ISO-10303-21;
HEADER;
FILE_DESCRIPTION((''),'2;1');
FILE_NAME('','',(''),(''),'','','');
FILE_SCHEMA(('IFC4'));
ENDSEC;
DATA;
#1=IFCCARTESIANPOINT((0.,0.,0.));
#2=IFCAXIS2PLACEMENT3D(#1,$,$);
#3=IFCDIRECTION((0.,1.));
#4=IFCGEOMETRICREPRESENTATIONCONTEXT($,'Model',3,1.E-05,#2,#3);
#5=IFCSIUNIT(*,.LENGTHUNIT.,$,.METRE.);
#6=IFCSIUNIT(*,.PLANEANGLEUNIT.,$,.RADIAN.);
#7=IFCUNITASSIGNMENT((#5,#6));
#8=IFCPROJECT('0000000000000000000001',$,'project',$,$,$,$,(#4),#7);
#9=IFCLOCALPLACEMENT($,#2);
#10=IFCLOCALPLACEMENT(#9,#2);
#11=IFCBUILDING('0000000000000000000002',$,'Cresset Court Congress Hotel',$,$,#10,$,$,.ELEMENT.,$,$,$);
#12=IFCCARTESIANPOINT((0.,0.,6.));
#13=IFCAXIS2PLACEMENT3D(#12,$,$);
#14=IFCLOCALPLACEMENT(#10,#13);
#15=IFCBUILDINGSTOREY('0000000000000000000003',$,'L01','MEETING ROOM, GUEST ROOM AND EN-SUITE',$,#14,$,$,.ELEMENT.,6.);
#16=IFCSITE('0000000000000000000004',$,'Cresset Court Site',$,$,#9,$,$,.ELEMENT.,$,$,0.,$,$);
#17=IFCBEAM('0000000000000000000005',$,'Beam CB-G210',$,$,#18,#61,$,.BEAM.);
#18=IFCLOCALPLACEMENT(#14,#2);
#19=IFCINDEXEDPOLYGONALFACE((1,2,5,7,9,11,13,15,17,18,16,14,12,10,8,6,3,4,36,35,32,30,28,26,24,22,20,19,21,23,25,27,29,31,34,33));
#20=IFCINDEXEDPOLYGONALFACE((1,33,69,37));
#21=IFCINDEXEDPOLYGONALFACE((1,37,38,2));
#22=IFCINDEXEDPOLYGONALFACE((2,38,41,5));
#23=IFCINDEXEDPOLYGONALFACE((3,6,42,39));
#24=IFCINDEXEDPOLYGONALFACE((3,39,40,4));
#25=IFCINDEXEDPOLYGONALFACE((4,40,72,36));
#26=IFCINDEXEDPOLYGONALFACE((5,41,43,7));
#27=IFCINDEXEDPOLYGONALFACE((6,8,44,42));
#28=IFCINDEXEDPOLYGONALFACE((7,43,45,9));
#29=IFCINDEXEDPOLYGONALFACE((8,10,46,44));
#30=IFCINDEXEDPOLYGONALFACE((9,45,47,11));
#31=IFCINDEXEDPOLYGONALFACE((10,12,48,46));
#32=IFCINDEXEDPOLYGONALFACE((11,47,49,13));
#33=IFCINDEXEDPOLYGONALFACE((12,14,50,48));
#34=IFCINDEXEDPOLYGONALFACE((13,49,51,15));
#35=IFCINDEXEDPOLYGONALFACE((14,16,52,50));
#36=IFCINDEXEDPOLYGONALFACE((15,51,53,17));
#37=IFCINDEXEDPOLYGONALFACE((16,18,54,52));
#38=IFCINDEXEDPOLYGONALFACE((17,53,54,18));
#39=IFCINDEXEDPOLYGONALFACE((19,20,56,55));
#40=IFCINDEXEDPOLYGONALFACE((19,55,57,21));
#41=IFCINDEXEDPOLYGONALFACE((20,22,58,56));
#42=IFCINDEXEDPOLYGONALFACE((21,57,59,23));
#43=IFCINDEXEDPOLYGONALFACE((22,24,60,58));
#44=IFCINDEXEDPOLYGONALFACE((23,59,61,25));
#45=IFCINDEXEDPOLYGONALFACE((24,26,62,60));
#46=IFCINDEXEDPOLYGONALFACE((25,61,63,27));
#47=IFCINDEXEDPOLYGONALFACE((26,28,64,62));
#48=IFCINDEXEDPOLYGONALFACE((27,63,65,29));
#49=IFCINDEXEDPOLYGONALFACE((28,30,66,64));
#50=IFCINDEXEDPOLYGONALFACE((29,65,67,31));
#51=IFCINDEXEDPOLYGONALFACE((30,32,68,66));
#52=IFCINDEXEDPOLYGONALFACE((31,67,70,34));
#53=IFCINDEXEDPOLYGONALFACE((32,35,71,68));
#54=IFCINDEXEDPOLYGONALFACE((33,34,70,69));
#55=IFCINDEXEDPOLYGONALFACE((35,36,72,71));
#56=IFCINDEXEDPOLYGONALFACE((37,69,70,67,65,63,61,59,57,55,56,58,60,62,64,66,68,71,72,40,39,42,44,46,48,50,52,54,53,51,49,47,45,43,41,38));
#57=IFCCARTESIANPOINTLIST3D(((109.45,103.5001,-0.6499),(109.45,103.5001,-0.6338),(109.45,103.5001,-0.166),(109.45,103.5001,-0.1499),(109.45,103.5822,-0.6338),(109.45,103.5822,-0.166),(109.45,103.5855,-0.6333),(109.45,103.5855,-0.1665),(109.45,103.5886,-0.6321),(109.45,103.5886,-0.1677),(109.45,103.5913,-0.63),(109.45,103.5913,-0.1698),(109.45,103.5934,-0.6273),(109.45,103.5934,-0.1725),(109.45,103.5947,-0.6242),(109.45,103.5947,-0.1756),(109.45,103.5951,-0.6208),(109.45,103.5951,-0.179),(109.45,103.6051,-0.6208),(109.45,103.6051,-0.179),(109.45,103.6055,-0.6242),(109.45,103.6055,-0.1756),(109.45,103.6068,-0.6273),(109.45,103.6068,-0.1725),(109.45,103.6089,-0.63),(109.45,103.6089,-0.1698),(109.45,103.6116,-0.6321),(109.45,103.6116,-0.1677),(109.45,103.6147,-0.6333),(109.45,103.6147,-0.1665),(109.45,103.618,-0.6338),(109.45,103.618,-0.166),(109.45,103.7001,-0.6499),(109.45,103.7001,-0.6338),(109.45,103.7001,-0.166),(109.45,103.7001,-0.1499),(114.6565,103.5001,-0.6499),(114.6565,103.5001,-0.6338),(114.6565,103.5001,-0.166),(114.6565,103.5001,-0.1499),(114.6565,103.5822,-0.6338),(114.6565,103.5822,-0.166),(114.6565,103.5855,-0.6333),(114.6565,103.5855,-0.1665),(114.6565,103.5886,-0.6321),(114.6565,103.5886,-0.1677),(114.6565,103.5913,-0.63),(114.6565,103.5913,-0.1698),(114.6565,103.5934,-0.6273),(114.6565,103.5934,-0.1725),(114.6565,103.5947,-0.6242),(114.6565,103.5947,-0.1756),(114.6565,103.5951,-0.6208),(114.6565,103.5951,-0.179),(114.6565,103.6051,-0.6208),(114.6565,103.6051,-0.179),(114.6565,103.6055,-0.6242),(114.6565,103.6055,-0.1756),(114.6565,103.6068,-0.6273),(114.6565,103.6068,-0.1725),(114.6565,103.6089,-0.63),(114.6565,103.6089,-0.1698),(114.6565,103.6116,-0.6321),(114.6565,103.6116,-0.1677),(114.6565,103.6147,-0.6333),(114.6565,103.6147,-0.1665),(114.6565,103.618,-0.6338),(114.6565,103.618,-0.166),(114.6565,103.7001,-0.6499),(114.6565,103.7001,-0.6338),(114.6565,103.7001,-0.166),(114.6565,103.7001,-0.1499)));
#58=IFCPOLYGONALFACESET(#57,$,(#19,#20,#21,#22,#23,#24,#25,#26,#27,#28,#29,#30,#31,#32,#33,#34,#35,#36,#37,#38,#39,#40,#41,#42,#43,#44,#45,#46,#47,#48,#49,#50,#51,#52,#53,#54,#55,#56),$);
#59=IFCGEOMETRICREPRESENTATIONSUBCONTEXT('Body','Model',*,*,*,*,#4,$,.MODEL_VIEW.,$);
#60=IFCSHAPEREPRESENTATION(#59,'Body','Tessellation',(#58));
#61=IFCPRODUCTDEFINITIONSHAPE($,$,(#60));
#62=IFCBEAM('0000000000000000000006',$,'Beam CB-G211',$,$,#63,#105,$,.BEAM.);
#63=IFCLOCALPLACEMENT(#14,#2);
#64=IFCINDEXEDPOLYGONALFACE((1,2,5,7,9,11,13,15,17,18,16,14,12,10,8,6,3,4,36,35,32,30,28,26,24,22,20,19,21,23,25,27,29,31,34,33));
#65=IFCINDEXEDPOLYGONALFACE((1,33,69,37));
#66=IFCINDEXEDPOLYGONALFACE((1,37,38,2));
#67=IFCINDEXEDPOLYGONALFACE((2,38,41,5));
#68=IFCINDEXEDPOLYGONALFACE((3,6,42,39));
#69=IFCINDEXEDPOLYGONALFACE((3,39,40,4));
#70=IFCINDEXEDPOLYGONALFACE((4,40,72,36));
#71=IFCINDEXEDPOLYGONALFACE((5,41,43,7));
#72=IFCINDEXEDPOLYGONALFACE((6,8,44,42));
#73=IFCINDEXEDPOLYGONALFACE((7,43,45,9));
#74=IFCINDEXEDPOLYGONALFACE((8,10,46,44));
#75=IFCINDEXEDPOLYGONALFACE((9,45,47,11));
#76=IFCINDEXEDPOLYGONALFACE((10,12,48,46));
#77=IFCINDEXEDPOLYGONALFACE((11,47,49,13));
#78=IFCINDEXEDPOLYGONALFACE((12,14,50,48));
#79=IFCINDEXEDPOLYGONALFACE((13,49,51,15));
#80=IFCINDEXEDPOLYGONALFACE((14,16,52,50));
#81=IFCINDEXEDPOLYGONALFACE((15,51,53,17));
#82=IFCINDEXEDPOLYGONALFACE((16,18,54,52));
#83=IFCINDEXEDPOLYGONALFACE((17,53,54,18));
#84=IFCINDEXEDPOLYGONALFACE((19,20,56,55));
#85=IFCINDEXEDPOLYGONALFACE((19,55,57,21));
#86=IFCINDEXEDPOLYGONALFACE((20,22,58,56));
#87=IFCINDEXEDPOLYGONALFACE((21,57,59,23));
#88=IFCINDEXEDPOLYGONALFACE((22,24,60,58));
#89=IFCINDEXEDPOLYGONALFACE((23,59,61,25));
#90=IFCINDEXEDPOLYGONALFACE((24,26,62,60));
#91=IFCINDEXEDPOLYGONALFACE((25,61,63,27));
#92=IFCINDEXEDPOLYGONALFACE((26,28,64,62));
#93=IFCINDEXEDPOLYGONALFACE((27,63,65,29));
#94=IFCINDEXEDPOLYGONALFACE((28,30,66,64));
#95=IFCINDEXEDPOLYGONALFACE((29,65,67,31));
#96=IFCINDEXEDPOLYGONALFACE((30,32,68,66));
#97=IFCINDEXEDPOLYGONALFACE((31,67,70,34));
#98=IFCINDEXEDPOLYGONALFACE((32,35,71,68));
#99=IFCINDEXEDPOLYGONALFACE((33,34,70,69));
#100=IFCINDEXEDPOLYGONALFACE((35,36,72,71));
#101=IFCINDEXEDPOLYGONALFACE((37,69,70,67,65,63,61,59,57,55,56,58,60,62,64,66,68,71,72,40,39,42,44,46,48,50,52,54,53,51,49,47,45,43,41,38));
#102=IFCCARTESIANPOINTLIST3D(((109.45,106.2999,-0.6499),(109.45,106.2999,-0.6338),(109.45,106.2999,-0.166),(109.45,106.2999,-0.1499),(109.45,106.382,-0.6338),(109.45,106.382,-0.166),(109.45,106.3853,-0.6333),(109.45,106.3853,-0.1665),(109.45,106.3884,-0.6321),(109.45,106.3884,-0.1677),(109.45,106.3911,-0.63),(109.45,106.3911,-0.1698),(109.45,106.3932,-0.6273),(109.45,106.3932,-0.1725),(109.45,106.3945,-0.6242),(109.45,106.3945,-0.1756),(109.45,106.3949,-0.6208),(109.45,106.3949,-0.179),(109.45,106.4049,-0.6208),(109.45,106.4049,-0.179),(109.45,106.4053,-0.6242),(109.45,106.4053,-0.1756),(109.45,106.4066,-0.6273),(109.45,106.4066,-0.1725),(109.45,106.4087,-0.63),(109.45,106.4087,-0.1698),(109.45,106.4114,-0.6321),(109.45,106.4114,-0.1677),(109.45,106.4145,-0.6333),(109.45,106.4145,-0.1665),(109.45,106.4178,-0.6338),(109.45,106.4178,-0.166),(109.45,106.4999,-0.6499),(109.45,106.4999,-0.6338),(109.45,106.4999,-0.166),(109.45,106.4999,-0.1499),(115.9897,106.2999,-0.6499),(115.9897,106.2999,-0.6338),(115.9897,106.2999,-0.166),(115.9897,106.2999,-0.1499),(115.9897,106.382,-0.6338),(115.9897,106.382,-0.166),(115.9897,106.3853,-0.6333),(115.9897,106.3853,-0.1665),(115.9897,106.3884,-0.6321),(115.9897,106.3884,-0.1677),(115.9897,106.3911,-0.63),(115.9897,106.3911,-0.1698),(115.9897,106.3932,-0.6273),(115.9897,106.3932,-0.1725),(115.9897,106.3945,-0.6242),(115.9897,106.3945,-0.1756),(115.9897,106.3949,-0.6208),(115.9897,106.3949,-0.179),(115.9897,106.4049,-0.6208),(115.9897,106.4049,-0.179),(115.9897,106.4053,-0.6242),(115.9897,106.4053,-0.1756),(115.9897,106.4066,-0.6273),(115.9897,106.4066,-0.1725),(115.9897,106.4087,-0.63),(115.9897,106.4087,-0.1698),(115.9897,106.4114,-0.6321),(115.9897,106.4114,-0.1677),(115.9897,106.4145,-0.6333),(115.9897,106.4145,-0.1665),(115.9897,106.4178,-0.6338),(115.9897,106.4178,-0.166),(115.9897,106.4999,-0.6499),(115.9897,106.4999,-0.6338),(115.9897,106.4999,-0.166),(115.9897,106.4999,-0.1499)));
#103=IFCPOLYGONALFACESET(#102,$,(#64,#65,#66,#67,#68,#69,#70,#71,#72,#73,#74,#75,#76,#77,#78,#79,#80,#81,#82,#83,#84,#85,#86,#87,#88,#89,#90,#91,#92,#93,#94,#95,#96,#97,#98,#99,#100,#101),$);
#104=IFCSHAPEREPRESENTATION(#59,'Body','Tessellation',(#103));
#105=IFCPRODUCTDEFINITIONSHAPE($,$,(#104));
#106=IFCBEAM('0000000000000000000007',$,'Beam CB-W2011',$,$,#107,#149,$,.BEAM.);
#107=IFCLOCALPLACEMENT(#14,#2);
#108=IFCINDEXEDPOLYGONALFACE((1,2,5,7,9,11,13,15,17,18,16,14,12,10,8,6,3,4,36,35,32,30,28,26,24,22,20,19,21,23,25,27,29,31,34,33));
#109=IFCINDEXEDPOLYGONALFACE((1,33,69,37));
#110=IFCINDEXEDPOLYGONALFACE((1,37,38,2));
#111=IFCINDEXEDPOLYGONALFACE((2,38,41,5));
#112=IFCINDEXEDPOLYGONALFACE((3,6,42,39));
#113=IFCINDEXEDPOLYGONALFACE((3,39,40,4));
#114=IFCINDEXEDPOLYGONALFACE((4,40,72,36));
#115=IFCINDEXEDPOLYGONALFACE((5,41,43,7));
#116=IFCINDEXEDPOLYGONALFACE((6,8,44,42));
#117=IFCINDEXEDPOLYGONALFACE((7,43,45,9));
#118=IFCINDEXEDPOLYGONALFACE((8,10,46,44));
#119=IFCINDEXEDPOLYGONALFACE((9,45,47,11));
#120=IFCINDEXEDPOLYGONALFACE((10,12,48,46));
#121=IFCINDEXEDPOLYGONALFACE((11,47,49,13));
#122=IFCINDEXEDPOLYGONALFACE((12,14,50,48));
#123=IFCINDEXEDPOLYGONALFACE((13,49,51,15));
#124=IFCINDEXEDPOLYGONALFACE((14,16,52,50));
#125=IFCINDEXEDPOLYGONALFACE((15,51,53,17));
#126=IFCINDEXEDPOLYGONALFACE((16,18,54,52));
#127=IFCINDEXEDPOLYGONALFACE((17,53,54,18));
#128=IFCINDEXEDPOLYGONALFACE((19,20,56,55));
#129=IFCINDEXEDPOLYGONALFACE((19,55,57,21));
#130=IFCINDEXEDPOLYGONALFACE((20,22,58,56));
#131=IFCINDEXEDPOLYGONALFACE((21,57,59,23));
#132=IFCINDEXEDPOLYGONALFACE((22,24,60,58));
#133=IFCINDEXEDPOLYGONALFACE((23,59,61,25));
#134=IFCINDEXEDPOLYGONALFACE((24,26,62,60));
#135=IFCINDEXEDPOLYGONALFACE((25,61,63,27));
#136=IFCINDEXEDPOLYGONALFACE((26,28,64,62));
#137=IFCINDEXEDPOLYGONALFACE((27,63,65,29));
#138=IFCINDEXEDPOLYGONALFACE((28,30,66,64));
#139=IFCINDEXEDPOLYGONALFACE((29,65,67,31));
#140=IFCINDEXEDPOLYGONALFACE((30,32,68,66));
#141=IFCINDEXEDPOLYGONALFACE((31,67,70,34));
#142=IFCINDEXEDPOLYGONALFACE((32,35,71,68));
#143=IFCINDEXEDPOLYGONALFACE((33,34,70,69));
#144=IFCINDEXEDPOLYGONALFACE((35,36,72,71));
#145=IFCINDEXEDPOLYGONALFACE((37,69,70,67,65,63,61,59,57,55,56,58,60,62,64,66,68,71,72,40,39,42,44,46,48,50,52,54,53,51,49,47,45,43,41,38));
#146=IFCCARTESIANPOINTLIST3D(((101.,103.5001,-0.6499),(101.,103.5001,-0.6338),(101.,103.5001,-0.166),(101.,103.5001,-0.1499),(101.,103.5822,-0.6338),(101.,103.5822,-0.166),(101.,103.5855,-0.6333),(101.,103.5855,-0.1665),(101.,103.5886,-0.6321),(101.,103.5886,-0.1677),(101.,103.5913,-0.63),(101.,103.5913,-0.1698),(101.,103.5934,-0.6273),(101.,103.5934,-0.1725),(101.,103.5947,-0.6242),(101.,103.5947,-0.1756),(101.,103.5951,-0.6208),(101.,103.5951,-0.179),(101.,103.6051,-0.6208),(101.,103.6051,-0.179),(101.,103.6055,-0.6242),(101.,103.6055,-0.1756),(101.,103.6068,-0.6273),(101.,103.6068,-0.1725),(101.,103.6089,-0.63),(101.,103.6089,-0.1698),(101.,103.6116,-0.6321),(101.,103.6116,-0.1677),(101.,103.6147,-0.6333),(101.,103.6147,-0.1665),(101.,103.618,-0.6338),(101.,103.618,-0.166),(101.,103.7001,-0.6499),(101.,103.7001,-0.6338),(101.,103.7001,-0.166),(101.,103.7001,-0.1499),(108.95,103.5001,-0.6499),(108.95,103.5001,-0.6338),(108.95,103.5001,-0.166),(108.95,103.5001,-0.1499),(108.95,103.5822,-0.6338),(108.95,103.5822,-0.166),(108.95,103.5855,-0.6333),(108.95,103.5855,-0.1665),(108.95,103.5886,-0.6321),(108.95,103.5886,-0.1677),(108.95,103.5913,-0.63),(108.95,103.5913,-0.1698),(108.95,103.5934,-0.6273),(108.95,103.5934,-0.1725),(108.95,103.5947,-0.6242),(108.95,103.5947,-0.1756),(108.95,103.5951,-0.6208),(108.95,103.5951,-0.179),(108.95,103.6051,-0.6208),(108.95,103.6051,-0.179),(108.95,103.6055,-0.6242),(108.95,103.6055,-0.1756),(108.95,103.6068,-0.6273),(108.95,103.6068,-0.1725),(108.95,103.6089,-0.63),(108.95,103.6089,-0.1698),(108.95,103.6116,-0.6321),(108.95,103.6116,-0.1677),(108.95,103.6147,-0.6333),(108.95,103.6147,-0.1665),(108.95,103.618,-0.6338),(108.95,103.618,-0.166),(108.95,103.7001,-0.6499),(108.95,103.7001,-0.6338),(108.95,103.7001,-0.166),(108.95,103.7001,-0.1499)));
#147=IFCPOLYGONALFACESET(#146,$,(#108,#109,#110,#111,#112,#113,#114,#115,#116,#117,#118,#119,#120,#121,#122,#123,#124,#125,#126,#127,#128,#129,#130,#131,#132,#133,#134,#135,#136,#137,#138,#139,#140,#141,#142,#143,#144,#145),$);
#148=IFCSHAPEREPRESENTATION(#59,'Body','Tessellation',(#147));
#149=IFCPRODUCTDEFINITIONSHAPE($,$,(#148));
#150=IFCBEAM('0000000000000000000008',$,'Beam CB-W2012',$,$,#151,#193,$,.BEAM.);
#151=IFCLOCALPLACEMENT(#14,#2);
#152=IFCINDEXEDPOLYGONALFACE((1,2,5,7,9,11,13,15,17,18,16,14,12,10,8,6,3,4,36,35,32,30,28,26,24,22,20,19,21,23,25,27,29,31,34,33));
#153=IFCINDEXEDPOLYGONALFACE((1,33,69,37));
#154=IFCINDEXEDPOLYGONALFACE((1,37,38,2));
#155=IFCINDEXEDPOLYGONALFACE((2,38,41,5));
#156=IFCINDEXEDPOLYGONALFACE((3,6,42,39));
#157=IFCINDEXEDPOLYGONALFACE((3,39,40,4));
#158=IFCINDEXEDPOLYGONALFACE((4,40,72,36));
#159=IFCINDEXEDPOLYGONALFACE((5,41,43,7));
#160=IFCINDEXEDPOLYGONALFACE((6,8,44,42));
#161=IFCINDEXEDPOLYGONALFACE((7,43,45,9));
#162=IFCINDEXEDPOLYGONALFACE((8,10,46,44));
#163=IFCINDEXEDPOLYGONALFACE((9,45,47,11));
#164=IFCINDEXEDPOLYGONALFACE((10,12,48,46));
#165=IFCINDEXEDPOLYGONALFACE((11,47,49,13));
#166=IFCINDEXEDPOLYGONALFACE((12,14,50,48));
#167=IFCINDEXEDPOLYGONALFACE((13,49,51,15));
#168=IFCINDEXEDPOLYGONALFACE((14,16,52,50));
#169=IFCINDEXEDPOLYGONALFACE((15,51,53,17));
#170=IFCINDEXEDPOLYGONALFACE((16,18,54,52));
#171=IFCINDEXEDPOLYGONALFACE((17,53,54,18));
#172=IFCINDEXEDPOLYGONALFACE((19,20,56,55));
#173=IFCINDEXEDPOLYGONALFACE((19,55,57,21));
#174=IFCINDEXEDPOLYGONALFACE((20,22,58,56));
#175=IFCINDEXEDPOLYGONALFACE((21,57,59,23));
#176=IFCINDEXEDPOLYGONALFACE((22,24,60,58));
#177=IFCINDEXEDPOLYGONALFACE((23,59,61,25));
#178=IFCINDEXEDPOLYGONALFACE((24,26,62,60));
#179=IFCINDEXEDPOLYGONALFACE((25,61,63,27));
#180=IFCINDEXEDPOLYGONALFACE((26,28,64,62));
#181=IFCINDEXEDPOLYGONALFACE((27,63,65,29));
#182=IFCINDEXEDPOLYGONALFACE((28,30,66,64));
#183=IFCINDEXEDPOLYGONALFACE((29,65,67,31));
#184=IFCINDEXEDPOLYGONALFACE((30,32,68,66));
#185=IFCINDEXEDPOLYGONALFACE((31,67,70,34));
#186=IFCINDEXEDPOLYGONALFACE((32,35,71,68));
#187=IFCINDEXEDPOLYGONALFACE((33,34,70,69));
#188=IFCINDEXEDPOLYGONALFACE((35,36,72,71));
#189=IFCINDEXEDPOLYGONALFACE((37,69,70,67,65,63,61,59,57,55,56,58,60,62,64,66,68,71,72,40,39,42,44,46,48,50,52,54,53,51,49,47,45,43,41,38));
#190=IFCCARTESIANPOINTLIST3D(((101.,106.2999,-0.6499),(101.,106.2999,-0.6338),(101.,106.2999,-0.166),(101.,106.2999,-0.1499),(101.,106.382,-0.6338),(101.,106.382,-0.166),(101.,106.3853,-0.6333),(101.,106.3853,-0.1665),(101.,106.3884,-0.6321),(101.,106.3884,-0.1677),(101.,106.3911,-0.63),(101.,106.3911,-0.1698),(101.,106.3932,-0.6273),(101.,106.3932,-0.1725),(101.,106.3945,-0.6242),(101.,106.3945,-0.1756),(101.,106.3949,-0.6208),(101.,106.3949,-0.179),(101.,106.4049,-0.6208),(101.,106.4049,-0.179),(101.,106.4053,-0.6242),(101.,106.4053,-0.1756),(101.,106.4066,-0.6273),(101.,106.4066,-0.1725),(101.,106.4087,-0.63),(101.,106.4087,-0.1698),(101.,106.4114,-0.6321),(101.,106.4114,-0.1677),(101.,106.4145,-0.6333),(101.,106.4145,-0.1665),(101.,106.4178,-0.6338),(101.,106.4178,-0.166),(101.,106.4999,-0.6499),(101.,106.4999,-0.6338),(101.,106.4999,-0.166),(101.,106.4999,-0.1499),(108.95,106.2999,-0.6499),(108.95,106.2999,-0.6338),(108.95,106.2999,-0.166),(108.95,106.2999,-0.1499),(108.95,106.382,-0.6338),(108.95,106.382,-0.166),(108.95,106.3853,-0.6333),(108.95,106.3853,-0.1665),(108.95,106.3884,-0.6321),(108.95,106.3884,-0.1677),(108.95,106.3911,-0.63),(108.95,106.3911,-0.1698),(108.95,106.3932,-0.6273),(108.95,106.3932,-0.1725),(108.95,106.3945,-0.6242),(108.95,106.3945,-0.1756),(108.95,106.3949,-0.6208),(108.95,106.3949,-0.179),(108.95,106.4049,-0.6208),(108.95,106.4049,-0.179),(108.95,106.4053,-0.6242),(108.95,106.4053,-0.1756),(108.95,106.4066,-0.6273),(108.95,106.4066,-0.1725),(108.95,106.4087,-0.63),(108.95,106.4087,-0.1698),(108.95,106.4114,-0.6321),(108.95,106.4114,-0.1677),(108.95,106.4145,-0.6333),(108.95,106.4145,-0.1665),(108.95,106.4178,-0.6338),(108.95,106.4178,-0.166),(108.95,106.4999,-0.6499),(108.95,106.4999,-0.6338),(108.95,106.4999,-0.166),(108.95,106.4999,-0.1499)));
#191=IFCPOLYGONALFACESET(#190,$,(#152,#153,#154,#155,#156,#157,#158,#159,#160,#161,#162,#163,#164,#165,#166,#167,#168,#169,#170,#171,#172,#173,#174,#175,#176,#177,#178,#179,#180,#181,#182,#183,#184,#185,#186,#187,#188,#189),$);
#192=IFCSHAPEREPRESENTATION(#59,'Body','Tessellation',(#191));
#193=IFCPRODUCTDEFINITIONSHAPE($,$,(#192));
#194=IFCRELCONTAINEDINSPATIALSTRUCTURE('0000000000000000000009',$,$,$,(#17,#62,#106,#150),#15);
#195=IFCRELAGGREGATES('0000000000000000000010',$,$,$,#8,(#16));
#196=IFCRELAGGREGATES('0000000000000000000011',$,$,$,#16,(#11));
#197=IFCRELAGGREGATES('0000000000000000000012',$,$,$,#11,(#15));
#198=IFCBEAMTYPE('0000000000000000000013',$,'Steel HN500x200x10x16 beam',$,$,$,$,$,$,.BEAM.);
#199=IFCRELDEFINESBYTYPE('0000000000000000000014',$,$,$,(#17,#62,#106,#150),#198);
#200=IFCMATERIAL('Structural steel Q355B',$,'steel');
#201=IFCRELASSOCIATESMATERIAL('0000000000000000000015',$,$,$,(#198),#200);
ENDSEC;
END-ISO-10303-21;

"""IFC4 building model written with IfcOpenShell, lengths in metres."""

from ifc_helpers import new_model, si_unit, direction, frame, origin, origin_2d, place, context, subcontext, project, spatial, i_section, extrude, material, material_profile, profile_set, type_object, element, save


model = new_model("IFC4")

# Units and contexts
model_context = context("Model", 3, precision=1e-05, world=origin(), true_north=direction((0.0, 1.0)))
body_context = subcontext(model_context, "Body", "Model", "MODEL_VIEW")
ifc_project = project(units=[si_unit("LENGTHUNIT", "METRE"), si_unit("PLANEANGLEUNIT", "RADIAN")], contexts=[model_context])

# Site, building, storey
site_placement = place(None, origin())
site = spatial("IfcSite", under=ifc_project, at=site_placement, Name="Cresset Court Site", CompositionType="ELEMENT", RefElevation=0.0)
building_placement = place(site_placement, origin())
building = spatial("IfcBuilding", under=site, at=building_placement, Name="Cresset Court Congress Hotel", CompositionType="ELEMENT")
storey_placement = place(building_placement, frame((0.0, 0.0, 6.0)))
storey = spatial("IfcBuildingStorey", under=building, at=storey_placement, Name="L01", Description="MEETING ROOM, GUEST ROOM AND EN-SUITE", CompositionType="ELEMENT", Elevation=6.0)

# Beams
ifc_material_1 = material(Name="Structural steel Q355B", Category="steel")
ifc_material_profile = material_profile(ifc_material_1, i_section(OverallWidth=0.2, OverallDepth=0.5, WebThickness=0.01, FlangeThickness=0.0161, FilletRadius=0.0129, at=origin_2d()), Name="HN500x200x10x16")
ifc_profile_set = profile_set([ifc_material_profile], Name="Structural steel Q355B")
beam_type = type_object("IfcBeamType", Name="Steel HN500x200x10x16 beam", PredefinedType="BEAM", material=ifc_profile_set)
beam_1_placement = place(storey_placement, frame((109.45, 103.6001, -0.3999), z_axis=(1.0, 0.0, 0.0), x_axis=(0.0, 1.0, 0.0)))
element("IfcBeam", 1, at=beam_1_placement, inside=storey, type_object=beam_type, Name="Beam CB-G210", PredefinedType="BEAM", context=body_context, shape_type="SweptSolid", body=[
    extrude(i_section(OverallWidth=0.2, OverallDepth=0.5, WebThickness=0.01, FlangeThickness=0.0161, FilletRadius=0.0129, at=origin_2d()), origin(), (0.0, 0.0, 1.0), 5.2065),
])
beam_2_placement = place(storey_placement, frame((109.45, 106.3999, -0.3999), z_axis=(1.0, 0.0, 0.0), x_axis=(0.0, 1.0, 0.0)))
element("IfcBeam", 2, at=beam_2_placement, inside=storey, type_object=beam_type, Name="Beam CB-G211", PredefinedType="BEAM", context=body_context, shape_type="SweptSolid", body=[
    extrude(i_section(OverallWidth=0.2, OverallDepth=0.5, WebThickness=0.01, FlangeThickness=0.0161, FilletRadius=0.0129, at=origin_2d()), origin(), (0.0, 0.0, 1.0), 6.5398),
])
for number, where, z_axis, x_axis, name in (
    (3, (101.0, 103.6001, -0.3999), (1.0, 0.0, 0.0), (0.0, 1.0, 0.0), "Beam CB-W2011"),
    (4, (101.0, 106.3999, -0.3999), (1.0, 0.0, 0.0), (0.0, 1.0, 0.0), "Beam CB-W2012"),
):
    element("IfcBeam", number, at=place(storey_placement, frame(where, z_axis=z_axis, x_axis=x_axis)), inside=storey, type_object=beam_type, Name=name, PredefinedType="BEAM", context=body_context, shape_type="SweptSolid", body=[
        extrude(i_section(OverallWidth=0.2, OverallDepth=0.5, WebThickness=0.01, FlangeThickness=0.0161, FilletRadius=0.0129, at=origin_2d()), origin(), (0.0, 0.0, 1.0), 7.95),
    ])

save(model, "model.ifc")
